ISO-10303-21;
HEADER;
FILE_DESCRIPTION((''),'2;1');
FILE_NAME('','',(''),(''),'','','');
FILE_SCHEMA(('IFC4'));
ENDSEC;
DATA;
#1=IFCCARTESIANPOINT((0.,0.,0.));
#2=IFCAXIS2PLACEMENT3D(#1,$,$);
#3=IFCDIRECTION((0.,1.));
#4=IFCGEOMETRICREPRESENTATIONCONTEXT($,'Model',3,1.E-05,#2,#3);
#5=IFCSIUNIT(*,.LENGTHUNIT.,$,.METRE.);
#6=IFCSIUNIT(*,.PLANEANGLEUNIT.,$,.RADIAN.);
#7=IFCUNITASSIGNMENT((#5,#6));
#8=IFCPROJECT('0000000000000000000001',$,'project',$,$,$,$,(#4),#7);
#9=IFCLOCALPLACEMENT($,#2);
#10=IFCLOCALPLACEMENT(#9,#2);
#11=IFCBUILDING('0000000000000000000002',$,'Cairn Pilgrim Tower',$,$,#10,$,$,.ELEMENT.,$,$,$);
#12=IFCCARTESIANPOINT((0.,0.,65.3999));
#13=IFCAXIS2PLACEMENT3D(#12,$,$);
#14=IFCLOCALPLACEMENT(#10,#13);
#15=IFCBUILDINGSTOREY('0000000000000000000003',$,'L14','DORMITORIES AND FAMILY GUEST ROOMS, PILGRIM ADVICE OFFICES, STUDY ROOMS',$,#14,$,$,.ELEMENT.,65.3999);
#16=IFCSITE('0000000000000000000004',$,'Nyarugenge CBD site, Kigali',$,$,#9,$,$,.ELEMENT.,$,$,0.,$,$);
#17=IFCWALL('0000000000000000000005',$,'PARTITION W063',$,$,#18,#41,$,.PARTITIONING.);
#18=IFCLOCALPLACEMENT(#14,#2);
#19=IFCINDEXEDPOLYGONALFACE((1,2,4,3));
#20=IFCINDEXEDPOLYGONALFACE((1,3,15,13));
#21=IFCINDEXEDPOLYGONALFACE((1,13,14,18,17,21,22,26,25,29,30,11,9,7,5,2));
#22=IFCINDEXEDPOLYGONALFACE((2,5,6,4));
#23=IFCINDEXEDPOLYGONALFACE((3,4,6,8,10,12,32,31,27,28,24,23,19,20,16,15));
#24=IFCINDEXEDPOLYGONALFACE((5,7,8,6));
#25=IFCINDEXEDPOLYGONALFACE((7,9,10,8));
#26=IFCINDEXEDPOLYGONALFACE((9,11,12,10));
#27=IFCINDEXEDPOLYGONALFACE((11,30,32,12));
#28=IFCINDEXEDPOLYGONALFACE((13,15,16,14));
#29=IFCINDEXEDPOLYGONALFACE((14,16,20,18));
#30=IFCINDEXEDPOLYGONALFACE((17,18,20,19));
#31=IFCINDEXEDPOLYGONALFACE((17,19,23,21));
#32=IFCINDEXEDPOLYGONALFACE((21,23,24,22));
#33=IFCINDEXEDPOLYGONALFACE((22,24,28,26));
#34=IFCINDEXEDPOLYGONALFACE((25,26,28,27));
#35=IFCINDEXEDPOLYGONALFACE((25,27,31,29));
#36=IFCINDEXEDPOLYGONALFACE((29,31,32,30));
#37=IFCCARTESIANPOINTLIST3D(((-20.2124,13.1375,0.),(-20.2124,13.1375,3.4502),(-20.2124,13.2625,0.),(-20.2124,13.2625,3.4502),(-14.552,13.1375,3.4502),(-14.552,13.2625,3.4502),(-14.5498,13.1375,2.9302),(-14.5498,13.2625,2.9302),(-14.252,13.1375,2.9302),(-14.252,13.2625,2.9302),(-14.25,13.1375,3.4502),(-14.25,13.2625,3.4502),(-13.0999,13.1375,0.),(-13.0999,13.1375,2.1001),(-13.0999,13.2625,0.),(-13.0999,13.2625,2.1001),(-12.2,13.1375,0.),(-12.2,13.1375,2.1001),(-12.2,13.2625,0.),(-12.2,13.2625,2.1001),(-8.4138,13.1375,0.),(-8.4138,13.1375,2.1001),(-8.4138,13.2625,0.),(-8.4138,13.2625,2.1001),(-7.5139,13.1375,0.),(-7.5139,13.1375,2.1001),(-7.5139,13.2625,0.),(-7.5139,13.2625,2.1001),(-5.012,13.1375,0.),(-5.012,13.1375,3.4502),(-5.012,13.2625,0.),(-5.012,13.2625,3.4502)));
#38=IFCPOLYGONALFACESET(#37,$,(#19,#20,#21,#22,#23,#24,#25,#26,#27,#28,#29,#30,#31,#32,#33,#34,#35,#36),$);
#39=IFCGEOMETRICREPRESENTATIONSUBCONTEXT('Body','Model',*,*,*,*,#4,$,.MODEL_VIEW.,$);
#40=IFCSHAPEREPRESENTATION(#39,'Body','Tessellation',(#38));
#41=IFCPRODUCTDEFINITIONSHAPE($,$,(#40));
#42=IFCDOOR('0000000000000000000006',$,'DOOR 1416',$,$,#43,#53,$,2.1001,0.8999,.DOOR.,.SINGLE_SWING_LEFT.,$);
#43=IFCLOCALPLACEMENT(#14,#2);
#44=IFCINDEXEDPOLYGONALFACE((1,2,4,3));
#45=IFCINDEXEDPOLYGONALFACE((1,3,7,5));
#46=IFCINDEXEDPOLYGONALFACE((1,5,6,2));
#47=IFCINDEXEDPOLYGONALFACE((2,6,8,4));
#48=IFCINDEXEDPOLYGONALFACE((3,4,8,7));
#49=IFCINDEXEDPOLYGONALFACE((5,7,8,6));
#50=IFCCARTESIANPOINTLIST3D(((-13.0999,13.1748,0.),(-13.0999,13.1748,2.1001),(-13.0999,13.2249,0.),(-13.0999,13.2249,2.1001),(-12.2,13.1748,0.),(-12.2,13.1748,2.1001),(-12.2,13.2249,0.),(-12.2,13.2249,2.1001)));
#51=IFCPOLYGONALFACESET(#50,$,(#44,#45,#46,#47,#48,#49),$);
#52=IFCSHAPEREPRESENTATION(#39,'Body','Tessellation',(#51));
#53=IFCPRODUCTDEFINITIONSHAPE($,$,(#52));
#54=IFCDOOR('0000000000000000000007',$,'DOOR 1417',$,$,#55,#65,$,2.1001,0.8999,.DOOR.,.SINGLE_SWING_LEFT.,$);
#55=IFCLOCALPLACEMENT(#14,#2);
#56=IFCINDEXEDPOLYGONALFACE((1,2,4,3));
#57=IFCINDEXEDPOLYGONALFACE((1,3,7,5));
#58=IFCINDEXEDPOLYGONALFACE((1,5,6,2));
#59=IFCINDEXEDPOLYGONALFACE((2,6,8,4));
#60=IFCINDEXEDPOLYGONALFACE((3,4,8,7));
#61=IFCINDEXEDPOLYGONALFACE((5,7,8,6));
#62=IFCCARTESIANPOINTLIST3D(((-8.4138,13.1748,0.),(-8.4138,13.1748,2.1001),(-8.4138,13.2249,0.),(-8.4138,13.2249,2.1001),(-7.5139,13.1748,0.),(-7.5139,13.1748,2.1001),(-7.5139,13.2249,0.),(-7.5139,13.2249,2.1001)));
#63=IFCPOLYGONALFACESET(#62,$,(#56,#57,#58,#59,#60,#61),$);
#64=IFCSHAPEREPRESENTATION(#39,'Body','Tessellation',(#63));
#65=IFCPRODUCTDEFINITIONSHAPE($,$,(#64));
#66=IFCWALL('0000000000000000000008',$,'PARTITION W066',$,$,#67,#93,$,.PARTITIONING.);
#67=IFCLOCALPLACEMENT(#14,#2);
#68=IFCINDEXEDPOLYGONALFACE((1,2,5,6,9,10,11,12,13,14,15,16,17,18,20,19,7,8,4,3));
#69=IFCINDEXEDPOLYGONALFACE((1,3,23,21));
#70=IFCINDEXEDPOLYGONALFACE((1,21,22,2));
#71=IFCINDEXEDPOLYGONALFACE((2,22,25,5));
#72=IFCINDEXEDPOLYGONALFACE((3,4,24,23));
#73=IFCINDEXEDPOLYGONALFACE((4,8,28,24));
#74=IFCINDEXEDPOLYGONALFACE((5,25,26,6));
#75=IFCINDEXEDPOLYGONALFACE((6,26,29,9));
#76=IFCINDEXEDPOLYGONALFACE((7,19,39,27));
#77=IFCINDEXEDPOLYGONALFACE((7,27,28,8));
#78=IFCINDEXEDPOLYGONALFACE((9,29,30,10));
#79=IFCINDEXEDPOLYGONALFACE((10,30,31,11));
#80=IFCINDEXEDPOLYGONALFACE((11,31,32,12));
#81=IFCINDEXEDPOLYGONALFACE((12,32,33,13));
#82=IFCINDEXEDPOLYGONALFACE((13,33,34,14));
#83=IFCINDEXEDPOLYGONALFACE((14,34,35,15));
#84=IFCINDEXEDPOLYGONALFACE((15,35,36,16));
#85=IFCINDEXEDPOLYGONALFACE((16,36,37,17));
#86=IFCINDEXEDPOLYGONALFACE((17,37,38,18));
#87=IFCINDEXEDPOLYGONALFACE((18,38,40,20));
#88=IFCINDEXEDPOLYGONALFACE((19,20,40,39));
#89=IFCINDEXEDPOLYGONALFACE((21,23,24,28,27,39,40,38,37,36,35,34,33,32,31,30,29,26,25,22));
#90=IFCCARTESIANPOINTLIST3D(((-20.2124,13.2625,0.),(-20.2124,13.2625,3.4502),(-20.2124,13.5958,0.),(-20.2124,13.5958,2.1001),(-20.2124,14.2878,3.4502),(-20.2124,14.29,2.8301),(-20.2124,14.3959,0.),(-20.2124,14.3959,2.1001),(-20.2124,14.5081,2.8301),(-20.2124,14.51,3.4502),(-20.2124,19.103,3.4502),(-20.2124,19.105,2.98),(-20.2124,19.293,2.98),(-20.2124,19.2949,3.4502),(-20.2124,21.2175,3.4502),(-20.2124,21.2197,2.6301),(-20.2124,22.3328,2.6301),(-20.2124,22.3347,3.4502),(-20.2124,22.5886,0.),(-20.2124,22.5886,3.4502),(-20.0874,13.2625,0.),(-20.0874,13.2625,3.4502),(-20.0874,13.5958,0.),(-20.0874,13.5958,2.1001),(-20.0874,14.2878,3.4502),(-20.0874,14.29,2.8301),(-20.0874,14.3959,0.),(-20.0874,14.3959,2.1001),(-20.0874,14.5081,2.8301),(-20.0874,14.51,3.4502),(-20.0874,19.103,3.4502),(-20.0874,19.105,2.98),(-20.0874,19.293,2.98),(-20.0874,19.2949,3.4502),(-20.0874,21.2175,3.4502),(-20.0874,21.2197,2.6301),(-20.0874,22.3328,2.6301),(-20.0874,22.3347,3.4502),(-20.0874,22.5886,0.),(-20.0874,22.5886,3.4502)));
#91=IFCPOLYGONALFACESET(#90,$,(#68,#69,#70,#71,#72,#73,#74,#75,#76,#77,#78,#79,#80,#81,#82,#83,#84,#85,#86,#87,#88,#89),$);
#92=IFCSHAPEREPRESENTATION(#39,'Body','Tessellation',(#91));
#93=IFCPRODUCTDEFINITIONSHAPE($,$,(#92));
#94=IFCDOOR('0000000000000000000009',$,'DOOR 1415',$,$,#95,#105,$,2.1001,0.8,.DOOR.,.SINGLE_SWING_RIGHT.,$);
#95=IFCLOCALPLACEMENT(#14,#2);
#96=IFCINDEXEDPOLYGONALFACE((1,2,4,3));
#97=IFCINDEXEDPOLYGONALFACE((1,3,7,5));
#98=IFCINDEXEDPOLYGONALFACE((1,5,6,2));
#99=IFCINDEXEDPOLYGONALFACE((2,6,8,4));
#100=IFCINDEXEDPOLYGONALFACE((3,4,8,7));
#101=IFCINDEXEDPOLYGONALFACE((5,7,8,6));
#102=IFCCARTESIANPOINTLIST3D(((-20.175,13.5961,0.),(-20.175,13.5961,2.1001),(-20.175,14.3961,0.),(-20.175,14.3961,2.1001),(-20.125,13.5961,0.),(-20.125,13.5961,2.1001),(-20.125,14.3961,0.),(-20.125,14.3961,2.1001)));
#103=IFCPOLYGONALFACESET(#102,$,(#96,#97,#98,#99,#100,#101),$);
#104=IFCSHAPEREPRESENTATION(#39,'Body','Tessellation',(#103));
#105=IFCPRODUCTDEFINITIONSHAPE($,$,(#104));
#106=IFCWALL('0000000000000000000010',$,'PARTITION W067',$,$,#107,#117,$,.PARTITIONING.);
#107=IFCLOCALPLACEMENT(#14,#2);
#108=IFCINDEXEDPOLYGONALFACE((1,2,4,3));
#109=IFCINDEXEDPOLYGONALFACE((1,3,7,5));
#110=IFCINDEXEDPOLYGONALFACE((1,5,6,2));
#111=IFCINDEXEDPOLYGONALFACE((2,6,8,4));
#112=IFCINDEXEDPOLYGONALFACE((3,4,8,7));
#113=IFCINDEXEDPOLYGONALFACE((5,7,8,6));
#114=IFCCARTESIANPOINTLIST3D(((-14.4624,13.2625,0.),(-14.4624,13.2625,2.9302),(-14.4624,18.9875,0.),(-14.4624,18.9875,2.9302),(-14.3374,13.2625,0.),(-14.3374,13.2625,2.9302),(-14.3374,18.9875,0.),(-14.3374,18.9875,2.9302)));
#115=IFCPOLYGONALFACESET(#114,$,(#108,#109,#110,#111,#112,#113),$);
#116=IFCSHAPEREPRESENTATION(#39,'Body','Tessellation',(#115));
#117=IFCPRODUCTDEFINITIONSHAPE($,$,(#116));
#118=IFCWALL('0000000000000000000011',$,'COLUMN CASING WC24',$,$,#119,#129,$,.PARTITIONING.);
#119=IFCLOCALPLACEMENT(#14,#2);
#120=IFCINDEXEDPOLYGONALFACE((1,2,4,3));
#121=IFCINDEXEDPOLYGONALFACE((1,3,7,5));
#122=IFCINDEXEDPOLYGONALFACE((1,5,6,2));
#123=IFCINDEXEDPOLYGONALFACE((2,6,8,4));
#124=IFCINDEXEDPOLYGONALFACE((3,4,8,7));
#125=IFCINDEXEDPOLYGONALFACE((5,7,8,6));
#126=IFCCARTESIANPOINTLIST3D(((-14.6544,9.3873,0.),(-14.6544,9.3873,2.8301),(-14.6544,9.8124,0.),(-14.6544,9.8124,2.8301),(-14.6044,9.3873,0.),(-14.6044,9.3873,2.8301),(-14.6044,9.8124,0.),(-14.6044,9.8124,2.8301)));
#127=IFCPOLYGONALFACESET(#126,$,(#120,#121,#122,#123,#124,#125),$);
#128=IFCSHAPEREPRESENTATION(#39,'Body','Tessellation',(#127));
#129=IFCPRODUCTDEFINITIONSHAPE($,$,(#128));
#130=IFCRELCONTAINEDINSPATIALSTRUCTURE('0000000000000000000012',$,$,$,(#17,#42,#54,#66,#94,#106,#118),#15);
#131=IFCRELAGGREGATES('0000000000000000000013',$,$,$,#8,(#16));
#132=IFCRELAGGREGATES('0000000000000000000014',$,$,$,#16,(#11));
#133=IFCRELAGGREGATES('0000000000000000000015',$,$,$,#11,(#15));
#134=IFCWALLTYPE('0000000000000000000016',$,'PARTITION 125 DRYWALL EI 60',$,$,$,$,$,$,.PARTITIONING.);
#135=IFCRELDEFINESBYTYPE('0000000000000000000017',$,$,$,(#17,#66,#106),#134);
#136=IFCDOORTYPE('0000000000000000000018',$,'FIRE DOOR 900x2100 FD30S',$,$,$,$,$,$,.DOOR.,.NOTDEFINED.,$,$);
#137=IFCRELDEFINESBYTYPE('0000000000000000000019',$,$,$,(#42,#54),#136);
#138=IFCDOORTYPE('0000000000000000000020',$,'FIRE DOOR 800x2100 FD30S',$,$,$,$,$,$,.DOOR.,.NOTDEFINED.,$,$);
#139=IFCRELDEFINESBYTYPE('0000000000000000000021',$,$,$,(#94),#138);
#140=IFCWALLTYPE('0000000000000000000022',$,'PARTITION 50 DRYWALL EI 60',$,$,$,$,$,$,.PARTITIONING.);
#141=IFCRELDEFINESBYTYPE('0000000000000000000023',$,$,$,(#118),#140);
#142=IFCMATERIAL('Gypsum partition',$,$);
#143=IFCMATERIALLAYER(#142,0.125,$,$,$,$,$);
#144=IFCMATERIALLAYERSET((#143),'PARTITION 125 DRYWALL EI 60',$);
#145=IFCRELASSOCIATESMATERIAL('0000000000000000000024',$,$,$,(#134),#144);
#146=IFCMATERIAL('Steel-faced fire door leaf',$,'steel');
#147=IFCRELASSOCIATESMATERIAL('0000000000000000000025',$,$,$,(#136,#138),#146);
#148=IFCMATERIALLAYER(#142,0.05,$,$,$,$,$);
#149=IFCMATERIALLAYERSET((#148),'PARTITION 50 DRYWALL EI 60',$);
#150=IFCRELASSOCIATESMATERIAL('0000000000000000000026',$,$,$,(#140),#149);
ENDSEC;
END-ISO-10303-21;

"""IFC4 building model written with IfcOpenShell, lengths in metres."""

from ifc_helpers import new_model, si_unit, direction, frame, frame_2d, origin, place, context, subcontext, project, spatial, polyline, rectangle, outline, extrude, material, layer, layer_set, type_object, element, fill, save


model = new_model("IFC4")

# Units and contexts
model_context = context("Model", 3, precision=1e-05, world=origin(), true_north=direction((0.0, 1.0)))
body_context = subcontext(model_context, "Body", "Model", "MODEL_VIEW")
ifc_project = project(units=[si_unit("LENGTHUNIT", "METRE"), si_unit("PLANEANGLEUNIT", "RADIAN")], contexts=[model_context])

# Site, building, storey
site_placement = place(None, origin())
site = spatial("IfcSite", under=ifc_project, at=site_placement, Name="Nyarugenge CBD site, Kigali", CompositionType="ELEMENT", RefElevation=0.0)
building_placement = place(site_placement, origin())
building = spatial("IfcBuilding", under=site, at=building_placement, Name="Cairn Pilgrim Tower", CompositionType="ELEMENT")
storey_placement = place(building_placement, frame((0.0, 0.0, 65.3999)))
storey = spatial("IfcBuildingStorey", under=building, at=storey_placement, Name="L14", Description="DORMITORIES AND FAMILY GUEST ROOMS, PILGRIM ADVICE OFFICES, STUDY ROOMS", CompositionType="ELEMENT", Elevation=65.3999)

# Shared definitions
ifc_material_1 = material(Name="Gypsum partition")
ifc_layer_1 = layer(ifc_material_1, 0.125)
ifc_layer_set_1 = layer_set([ifc_layer_1], Name="PARTITION 125 DRYWALL EI 60")
wall_type_1 = type_object("IfcWallType", Name="PARTITION 125 DRYWALL EI 60", PredefinedType="PARTITIONING", material=ifc_layer_set_1)
ifc_material_2 = material(Name="Steel-faced fire door leaf", Category="steel")
door_type_1 = type_object("IfcDoorType", Name="FIRE DOOR 900x2100 FD30S", OperationType="NOTDEFINED", PredefinedType="DOOR", material=ifc_material_2)
door_type_2 = type_object("IfcDoorType", Name="FIRE DOOR 800x2100 FD30S", OperationType="NOTDEFINED", PredefinedType="DOOR", material=ifc_material_2)

# Wall, openings, doors
wall_1_placement = place(storey_placement, frame((-20.2124, 13.2, 0.0), z_axis=(0.0, 0.0, 1.0), x_axis=(1.0, 0.0, 0.0)))
wall_1 = element("IfcWall", 1, at=wall_1_placement, inside=storey, type_object=wall_type_1, Name="PARTITION W063", PredefinedType="PARTITIONING", context=body_context, shape_type="SweptSolid", body=[
    extrude(outline(polyline([(0.0, 0.0), (15.2004, 0.0), (15.2004, 3.4502), (5.9624, 3.4502), (5.9604, 2.9302), (5.6626, 2.9302), (5.6604, 3.4502), (0.0, 3.4502), (0.0, 0.0)])), frame((0.0, 0.0625, 0.0), z_axis=(0.0, -1.0, 0.0), x_axis=(1.0, 0.0, 0.0)), (0.0, 0.0, 1.0), 0.125),
])
opening_1_placement = place(wall_1_placement, frame((7.1125, 0.0, 0.0)))
opening_1 = element("IfcOpeningElement", 2, at=opening_1_placement, cuts=wall_1, PredefinedType="OPENING", context=body_context, shape_type="SweptSolid", body=[
    extrude(rectangle(XDim=0.8999, YDim=2.1001, at=frame_2d((0.45, 1.05))), frame((0.0, 0.0725, 0.0), z_axis=(0.0, -1.0, 0.0), x_axis=(1.0, 0.0, 0.0)), (0.0, 0.0, 1.0), 0.145),
])
opening_2_placement = place(wall_1_placement, frame((11.7986, 0.0, 0.0)))
opening_2 = element("IfcOpeningElement", 3, at=opening_2_placement, cuts=wall_1, PredefinedType="OPENING", context=body_context, shape_type="SweptSolid", body=[
    extrude(rectangle(XDim=0.8999, YDim=2.1001, at=frame_2d((0.45, 1.05))), frame((0.0, 0.0725, 0.0), z_axis=(0.0, -1.0, 0.0), x_axis=(1.0, 0.0, 0.0)), (0.0, 0.0, 1.0), 0.145),
])
door_1_placement = place(opening_1_placement, origin())
door_1 = element("IfcDoor", 4, at=door_1_placement, inside=storey, type_object=door_type_1, Name="DOOR 1416", OperationType="SINGLE_SWING_LEFT", OverallHeight=2.1001, OverallWidth=0.8999, PredefinedType="DOOR", context=body_context, shape_type="SweptSolid", body=[
    extrude(rectangle(XDim=0.8999, YDim=2.1001, at=frame_2d((0.45, 1.05))), frame((0.0, 0.0249, 0.0), z_axis=(0.0, -1.0, 0.0), x_axis=(1.0, 0.0, 0.0)), (0.0, 0.0, 1.0), 0.05),
])
fill(opening_1, door_1)
door_2_placement = place(opening_2_placement, origin())
door_2 = element("IfcDoor", 5, at=door_2_placement, inside=storey, type_object=door_type_1, Name="DOOR 1417", OperationType="SINGLE_SWING_LEFT", OverallHeight=2.1001, OverallWidth=0.8999, PredefinedType="DOOR", context=body_context, shape_type="SweptSolid", body=[
    extrude(rectangle(XDim=0.8999, YDim=2.1001, at=frame_2d((0.45, 1.05))), frame((0.0, 0.0249, 0.0), z_axis=(0.0, -1.0, 0.0), x_axis=(1.0, 0.0, 0.0)), (0.0, 0.0, 1.0), 0.05),
])
fill(opening_2, door_2)

# Wall, opening, door
wall_2_placement = place(storey_placement, frame((-20.1499, 13.2625, 0.0), z_axis=(0.0, 0.0, 1.0), x_axis=(0.0, 1.0, 0.0)))
wall_2 = element("IfcWall", 6, at=wall_2_placement, inside=storey, type_object=wall_type_1, Name="PARTITION W066", PredefinedType="PARTITIONING", context=body_context, shape_type="SweptSolid", body=[
    extrude(outline(polyline([(0.0, 0.0), (9.3262, 0.0), (9.3262, 3.4502), (9.0723, 3.4502), (9.0703, 2.6301), (7.9573, 2.6301), (7.9551, 3.4502), (6.0325, 3.4502), (6.0305, 2.98), (5.8425, 2.98), (5.8406, 3.4502), (1.2476, 3.4502), (1.2456, 2.8301), (1.0276, 2.8301), (1.0254, 3.4502), (0.0, 3.4502), (0.0, 0.0)])), frame((0.0, 0.0625, 0.0), z_axis=(0.0, -1.0, 0.0), x_axis=(1.0, 0.0, 0.0)), (0.0, 0.0, 1.0), 0.125),
])
opening_3_placement = place(wall_2_placement, frame((0.3335, 0.0, 0.0)))
opening_3 = element("IfcOpeningElement", 7, at=opening_3_placement, cuts=wall_2, PredefinedType="OPENING", context=body_context, shape_type="SweptSolid", body=[
    extrude(rectangle(XDim=0.8, YDim=2.1001, at=frame_2d((0.3999, 1.05))), frame((0.0, 0.0725, 0.0), z_axis=(0.0, -1.0, 0.0), x_axis=(1.0, 0.0, 0.0)), (0.0, 0.0, 1.0), 0.145),
])
door_3_placement = place(opening_3_placement, frame((0.8, 0.0, 0.0), z_axis=(0.0, 0.0, 1.0), x_axis=(-1.0, 0.0, 0.0)))
door_3 = element("IfcDoor", 8, at=door_3_placement, inside=storey, type_object=door_type_2, Name="DOOR 1415", OperationType="SINGLE_SWING_RIGHT", OverallHeight=2.1001, OverallWidth=0.8, PredefinedType="DOOR", context=body_context, shape_type="SweptSolid", body=[
    extrude(rectangle(XDim=0.8, YDim=2.1001, at=frame_2d((0.3999, 1.05))), frame((0.0, 0.0249, 0.0), z_axis=(0.0, -1.0, 0.0), x_axis=(1.0, 0.0, 0.0)), (0.0, 0.0, 1.0), 0.05),
])
fill(opening_3, door_3)

# Walls
wall_3_placement = place(storey_placement, frame((-14.3999, 13.2625, 0.0), z_axis=(0.0, 0.0, 1.0), x_axis=(0.0, 1.0, 0.0)))
element("IfcWall", 9, at=wall_3_placement, inside=storey, type_object=wall_type_1, Name="PARTITION W067", PredefinedType="PARTITIONING", context=body_context, shape_type="SweptSolid", body=[
    extrude(rectangle(XDim=5.7251, YDim=0.125, at=frame_2d((2.8625, 0.0))), origin(), (0.0, 0.0, 1.0), 2.9302),
])
ifc_layer_2 = layer(ifc_material_1, 0.05)
ifc_layer_set_2 = layer_set([ifc_layer_2], Name="PARTITION 50 DRYWALL EI 60")
wall_type_2 = type_object("IfcWallType", Name="PARTITION 50 DRYWALL EI 60", PredefinedType="PARTITIONING", material=ifc_layer_set_2)
wall_4_placement = place(storey_placement, frame((-14.6294, 9.3875, 0.0), z_axis=(0.0, 0.0, 1.0), x_axis=(0.0, 1.0, 0.0)))
element("IfcWall", 10, at=wall_4_placement, inside=storey, type_object=wall_type_2, Name="COLUMN CASING WC24", PredefinedType="PARTITIONING", context=body_context, shape_type="SweptSolid", body=[
    extrude(rectangle(XDim=0.425, YDim=0.05, at=frame_2d((0.2124, 0.0))), origin(), (0.0, 0.0, 1.0), 2.8301),
])

save(model, "model.ifc")
